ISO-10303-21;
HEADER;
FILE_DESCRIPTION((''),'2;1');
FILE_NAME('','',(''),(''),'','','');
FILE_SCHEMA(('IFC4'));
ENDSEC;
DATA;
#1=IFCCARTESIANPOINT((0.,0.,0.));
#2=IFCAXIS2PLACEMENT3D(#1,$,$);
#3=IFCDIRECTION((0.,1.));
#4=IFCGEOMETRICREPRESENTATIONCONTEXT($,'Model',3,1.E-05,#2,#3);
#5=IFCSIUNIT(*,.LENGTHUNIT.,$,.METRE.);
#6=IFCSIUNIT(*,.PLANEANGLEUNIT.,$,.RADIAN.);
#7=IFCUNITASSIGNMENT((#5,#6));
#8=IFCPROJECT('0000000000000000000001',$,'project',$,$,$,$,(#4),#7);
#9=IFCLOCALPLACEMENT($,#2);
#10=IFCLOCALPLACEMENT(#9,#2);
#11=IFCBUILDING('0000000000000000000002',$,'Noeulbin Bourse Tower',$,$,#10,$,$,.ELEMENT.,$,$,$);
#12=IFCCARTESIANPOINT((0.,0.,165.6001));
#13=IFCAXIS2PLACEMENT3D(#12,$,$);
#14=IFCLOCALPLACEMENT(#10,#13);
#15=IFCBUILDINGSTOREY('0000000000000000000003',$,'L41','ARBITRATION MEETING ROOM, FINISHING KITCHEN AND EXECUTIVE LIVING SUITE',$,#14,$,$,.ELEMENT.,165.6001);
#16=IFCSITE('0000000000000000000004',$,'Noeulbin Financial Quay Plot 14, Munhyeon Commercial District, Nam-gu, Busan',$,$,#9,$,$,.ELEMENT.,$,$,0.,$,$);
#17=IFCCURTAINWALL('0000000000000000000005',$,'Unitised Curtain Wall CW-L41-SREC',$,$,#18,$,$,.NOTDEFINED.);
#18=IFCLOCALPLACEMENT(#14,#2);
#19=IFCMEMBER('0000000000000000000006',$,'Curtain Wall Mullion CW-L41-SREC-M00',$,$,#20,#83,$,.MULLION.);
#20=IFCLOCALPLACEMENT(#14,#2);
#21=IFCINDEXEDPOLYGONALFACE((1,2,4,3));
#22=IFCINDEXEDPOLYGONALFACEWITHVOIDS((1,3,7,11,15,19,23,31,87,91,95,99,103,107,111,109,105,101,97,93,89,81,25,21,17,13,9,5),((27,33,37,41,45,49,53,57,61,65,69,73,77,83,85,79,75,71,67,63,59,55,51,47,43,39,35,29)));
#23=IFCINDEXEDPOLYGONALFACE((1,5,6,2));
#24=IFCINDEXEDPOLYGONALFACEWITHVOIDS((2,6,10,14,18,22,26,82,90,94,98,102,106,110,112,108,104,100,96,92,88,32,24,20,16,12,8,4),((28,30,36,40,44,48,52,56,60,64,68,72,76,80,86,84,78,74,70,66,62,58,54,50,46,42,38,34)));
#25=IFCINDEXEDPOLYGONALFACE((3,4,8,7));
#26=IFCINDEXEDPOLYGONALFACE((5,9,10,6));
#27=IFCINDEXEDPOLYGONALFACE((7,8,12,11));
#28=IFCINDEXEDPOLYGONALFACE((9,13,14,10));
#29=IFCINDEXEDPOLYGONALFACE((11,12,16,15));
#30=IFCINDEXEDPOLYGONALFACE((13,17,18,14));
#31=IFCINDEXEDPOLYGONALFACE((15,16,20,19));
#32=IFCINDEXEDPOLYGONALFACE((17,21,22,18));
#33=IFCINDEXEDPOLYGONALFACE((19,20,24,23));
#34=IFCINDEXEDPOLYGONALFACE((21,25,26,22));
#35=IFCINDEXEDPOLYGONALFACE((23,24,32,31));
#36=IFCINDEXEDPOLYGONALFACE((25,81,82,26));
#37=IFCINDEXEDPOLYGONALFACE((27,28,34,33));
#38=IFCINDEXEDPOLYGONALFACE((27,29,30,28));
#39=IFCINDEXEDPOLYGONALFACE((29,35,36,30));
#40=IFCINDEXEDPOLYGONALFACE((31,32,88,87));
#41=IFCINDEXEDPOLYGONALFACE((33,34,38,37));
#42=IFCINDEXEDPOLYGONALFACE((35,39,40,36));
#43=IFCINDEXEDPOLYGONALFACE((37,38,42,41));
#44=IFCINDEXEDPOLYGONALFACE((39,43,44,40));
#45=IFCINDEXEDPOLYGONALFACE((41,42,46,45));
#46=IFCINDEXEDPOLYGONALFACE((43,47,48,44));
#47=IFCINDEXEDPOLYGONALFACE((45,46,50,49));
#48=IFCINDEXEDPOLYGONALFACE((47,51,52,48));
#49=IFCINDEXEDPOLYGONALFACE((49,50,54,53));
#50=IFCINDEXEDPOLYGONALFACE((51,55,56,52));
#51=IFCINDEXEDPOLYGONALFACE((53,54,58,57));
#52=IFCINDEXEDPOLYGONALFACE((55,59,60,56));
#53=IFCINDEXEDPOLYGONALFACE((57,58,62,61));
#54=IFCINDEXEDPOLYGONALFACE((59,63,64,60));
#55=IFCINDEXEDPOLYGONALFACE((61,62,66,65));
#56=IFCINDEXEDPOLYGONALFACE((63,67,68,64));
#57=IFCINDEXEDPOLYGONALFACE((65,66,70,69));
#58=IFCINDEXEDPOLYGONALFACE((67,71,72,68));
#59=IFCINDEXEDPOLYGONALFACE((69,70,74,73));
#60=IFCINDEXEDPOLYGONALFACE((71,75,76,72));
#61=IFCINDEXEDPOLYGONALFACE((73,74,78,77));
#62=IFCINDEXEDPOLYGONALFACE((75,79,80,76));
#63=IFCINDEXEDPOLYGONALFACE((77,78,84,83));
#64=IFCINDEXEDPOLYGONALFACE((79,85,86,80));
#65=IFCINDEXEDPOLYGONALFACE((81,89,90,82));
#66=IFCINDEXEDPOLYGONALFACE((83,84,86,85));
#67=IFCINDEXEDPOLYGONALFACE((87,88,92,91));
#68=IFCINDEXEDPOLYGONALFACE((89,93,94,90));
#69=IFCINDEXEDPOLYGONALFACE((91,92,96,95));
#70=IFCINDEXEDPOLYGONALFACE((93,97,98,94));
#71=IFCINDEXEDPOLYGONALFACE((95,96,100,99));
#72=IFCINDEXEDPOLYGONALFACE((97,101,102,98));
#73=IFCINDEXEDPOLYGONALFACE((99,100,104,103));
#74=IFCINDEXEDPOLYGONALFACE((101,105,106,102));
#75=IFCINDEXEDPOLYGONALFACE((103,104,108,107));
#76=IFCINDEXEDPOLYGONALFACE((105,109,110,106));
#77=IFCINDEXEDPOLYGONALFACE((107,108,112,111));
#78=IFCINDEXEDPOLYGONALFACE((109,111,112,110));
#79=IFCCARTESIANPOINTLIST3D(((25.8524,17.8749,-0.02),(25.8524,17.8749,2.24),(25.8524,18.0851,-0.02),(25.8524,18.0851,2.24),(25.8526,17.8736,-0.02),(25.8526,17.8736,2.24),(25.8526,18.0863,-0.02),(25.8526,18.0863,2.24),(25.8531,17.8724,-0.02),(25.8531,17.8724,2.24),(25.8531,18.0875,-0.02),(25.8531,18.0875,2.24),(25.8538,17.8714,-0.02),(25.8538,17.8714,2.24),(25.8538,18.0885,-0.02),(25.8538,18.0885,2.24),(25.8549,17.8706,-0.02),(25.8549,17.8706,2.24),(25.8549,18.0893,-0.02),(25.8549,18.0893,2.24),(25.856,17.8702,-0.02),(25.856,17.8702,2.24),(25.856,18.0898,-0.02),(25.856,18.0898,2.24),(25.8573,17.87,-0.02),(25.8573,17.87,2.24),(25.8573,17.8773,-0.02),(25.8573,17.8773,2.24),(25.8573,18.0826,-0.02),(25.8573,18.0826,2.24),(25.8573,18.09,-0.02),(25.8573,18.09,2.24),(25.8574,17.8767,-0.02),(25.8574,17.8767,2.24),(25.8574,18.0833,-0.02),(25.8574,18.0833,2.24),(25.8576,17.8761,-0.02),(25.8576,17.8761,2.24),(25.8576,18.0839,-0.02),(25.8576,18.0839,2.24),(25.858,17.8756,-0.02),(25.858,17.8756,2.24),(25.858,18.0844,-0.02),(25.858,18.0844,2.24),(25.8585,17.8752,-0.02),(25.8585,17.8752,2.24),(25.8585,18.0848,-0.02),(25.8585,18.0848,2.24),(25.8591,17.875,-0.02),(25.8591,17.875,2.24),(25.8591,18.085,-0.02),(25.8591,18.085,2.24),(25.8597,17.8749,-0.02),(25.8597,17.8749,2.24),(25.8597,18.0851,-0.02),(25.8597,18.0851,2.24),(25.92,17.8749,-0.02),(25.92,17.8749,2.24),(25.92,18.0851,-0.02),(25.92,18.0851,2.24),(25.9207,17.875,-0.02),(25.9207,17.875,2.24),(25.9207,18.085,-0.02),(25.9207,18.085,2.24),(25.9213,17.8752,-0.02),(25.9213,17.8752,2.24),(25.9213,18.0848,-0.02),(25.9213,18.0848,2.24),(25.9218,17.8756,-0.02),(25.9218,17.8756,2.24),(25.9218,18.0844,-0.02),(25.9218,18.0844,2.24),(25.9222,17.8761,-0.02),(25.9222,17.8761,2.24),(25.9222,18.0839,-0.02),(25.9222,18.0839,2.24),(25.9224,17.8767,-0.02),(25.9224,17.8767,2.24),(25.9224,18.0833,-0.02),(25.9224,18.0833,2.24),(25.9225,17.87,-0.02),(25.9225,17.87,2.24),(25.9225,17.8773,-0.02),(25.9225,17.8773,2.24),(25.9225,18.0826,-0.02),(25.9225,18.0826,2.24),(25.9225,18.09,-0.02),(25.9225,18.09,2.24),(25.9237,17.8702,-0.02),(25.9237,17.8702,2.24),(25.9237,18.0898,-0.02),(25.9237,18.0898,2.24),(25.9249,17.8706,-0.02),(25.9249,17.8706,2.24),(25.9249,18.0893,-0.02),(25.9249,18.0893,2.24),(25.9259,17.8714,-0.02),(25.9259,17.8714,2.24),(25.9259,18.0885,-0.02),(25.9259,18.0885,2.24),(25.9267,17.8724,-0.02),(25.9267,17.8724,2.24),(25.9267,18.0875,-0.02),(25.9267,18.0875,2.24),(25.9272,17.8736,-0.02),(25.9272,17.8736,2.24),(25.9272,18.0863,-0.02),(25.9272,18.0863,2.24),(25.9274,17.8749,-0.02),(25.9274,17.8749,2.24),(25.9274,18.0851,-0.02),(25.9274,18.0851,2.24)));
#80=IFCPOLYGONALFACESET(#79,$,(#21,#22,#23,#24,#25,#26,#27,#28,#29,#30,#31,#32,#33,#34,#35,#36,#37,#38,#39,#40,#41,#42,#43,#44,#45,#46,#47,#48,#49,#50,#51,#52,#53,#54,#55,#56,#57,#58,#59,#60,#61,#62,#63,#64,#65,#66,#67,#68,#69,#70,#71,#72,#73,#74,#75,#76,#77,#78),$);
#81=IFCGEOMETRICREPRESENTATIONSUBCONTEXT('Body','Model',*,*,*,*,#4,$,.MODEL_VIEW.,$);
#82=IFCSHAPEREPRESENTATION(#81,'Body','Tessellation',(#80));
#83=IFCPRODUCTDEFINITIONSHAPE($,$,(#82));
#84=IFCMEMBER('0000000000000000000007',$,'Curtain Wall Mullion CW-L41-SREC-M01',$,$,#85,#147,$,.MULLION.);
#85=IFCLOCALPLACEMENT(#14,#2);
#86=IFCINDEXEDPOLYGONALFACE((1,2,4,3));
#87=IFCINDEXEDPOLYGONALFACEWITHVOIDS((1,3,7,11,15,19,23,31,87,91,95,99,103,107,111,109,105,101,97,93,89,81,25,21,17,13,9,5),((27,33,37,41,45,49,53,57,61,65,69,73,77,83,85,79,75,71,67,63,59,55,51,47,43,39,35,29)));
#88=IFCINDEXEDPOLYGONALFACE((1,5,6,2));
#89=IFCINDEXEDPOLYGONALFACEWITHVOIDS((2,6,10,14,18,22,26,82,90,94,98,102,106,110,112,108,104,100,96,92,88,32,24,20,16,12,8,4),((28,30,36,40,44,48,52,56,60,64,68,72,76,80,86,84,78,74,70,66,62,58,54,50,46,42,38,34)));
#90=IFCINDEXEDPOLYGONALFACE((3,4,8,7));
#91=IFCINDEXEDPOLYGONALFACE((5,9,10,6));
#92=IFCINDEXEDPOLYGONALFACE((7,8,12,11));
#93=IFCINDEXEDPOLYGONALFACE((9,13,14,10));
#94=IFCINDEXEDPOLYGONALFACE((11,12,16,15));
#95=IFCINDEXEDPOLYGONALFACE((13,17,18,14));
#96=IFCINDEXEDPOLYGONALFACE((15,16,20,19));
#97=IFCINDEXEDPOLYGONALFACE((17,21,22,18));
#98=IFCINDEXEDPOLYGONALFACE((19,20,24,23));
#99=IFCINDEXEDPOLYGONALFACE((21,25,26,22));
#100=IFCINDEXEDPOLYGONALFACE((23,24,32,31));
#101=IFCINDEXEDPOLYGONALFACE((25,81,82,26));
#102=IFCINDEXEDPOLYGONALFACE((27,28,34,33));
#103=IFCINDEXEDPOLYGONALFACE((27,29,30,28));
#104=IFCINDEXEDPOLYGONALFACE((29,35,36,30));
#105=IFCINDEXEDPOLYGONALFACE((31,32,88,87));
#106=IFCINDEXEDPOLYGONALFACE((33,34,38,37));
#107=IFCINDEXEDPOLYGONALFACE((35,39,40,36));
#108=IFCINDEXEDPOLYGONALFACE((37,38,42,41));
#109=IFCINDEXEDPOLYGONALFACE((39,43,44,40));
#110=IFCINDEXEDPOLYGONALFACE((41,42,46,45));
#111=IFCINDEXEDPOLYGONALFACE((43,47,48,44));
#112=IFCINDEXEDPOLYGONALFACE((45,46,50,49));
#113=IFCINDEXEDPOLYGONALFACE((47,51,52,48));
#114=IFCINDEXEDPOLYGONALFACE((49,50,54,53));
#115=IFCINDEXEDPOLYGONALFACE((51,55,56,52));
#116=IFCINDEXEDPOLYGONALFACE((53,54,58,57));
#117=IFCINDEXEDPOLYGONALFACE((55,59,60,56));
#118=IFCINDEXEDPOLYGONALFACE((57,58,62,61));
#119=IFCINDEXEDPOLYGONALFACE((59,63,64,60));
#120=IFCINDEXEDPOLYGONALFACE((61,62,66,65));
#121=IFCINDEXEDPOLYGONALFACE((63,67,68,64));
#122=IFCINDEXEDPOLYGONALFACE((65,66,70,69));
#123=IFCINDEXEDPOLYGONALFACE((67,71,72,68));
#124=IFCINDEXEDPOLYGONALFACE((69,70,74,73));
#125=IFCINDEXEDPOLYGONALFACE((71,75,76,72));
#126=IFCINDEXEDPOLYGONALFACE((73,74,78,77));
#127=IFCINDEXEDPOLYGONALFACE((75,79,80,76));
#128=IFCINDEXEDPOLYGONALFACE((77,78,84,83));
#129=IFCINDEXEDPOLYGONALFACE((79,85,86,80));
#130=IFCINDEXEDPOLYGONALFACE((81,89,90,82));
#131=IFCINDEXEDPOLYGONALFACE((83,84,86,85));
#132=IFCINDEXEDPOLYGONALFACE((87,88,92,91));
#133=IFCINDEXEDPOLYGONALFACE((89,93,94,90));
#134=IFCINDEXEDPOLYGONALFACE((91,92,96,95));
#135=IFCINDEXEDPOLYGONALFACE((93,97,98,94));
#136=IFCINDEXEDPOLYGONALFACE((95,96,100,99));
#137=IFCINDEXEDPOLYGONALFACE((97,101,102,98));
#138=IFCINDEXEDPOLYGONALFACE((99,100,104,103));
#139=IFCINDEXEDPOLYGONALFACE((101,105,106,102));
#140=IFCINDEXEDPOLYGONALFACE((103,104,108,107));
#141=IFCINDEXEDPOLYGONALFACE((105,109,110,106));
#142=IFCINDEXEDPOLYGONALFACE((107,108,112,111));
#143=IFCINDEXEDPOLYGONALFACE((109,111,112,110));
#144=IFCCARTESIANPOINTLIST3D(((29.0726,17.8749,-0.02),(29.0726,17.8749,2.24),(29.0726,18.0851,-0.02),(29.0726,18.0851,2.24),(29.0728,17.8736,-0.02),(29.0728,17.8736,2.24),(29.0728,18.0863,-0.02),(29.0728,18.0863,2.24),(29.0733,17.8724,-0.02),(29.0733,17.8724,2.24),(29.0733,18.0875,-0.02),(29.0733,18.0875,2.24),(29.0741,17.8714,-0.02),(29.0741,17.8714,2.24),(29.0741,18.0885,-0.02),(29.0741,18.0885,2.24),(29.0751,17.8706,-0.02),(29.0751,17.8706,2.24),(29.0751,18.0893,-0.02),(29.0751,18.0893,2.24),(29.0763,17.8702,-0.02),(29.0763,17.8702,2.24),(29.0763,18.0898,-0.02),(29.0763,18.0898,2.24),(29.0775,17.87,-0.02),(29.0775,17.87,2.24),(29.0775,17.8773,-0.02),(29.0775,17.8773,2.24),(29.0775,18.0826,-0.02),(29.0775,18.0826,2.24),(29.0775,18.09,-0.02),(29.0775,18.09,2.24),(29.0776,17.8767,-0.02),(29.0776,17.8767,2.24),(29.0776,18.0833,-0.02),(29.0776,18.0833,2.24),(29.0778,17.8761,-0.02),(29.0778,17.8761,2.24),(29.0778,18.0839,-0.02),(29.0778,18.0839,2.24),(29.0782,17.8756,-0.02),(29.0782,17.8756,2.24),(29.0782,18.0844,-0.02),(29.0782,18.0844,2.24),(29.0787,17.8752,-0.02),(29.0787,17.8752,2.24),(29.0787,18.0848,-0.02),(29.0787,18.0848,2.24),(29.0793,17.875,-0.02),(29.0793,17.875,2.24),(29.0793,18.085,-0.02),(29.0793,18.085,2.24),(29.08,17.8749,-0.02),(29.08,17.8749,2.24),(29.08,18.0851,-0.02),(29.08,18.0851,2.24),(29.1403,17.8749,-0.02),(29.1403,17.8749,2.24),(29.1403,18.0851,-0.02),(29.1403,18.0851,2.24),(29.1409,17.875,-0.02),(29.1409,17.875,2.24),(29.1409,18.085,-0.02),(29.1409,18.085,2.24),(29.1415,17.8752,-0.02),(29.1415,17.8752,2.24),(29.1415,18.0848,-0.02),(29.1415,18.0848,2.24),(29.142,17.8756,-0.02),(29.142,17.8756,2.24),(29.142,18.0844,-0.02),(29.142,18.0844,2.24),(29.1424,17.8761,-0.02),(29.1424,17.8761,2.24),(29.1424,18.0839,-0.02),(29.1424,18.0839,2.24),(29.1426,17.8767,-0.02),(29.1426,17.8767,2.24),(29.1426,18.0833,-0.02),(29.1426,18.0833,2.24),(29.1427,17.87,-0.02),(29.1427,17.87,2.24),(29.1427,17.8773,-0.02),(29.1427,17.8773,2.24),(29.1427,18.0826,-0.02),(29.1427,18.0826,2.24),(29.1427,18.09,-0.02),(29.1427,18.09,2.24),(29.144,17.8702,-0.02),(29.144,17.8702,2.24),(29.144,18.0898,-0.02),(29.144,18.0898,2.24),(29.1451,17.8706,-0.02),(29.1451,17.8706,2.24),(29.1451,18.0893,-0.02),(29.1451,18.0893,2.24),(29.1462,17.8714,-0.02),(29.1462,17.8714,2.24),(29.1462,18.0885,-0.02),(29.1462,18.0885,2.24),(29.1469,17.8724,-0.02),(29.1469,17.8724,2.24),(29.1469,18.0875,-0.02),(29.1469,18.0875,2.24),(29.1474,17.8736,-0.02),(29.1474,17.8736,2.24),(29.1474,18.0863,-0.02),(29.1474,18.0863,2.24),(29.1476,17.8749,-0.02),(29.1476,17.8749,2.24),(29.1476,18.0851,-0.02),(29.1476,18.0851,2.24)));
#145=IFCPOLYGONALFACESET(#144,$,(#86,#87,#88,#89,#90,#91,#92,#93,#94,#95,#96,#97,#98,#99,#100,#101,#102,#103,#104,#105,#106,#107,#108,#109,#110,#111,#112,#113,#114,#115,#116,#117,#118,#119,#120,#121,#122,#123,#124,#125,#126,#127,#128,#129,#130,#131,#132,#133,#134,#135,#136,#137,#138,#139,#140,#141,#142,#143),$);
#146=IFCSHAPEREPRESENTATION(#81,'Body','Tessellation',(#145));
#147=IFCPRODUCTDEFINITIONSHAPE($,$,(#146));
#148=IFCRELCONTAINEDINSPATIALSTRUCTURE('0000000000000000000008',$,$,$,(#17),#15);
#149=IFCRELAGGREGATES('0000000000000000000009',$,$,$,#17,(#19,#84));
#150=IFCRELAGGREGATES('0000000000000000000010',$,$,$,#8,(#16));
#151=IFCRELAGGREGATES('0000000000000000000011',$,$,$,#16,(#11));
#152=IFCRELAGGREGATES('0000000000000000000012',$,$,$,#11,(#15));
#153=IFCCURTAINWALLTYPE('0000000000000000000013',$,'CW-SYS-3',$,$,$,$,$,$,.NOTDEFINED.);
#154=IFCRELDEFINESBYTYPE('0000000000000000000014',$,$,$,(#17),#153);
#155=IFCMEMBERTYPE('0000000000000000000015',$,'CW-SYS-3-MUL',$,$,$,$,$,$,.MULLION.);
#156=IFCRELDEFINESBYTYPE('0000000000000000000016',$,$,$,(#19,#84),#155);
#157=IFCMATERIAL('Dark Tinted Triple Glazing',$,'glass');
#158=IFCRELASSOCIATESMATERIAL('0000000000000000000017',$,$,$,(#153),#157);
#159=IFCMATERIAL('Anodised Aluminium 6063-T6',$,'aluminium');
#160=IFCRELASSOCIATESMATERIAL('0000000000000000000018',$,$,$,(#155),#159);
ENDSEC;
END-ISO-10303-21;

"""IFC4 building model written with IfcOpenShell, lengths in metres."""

from ifc_helpers import new_model, si_unit, direction, frame, origin, origin_2d, place, context, subcontext, project, spatial, hollow_rectangle, extrude, material, material_profile, profile_set, type_object, element, aggregate, save


model = new_model("IFC4")

# Units and contexts
model_context = context("Model", 3, precision=1e-05, world=origin(), true_north=direction((0.0, 1.0)))
body_context = subcontext(model_context, "Body", "Model", "MODEL_VIEW")
ifc_project = project(units=[si_unit("LENGTHUNIT", "METRE"), si_unit("PLANEANGLEUNIT", "RADIAN")], contexts=[model_context])

# Site, building, storey
site_placement = place(None, origin())
site = spatial("IfcSite", under=ifc_project, at=site_placement, Name="Noeulbin Financial Quay Plot 14, Munhyeon Commercial District, Nam-gu, Busan", CompositionType="ELEMENT", RefElevation=0.0)
building_placement = place(site_placement, origin())
building = spatial("IfcBuilding", under=site, at=building_placement, Name="Noeulbin Bourse Tower", CompositionType="ELEMENT")
storey_placement = place(building_placement, frame((0.0, 0.0, 165.6001)))
storey = spatial("IfcBuildingStorey", under=building, at=storey_placement, Name="L41", Description="ARBITRATION MEETING ROOM, FINISHING KITCHEN AND EXECUTIVE LIVING SUITE", CompositionType="ELEMENT", Elevation=165.6001)

# Curtain wall, members
ifc_material_1 = material(Name="Dark Tinted Triple Glazing", Category="glass")
curtain_wall_type = type_object("IfcCurtainWallType", Name="CW-SYS-3", PredefinedType="NOTDEFINED", material=ifc_material_1)
curtain_wall_1_placement = place(storey_placement, origin())
curtain_wall_1 = element("IfcCurtainWall", 1, at=curtain_wall_1_placement, inside=storey, type_object=curtain_wall_type, Name="Unitised Curtain Wall CW-L41-SREC", PredefinedType="NOTDEFINED")
ifc_material_2 = material(Name="Anodised Aluminium 6063-T6", Category="aluminium")
ifc_material_profile_1 = material_profile(ifc_material_2, hollow_rectangle(XDim=0.075, YDim=0.22, WallThickness=0.0049, InnerFilletRadius=0.0024, OuterFilletRadius=0.0049, at=origin_2d()), Name="ALU-MULL-75x220x5", Category="LoadBearing")
ifc_profile_set_1 = profile_set([ifc_material_profile_1], Name="Anodised Aluminium 6063-T6")
member_type_1 = type_object("IfcMemberType", Name="CW-SYS-3-MUL", PredefinedType="MULLION", material=ifc_profile_set_1)
member_1_placement = place(storey_placement, frame((25.8899, 17.98, -0.02), z_axis=(0.0, 0.0, 1.0), x_axis=(1.0, 0.0, 0.0)))
member_1 = element("IfcMember", 2, at=member_1_placement, type_object=member_type_1, Name="Curtain Wall Mullion CW-L41-SREC-M00", PredefinedType="MULLION", context=body_context, shape_type="SweptSolid", body=[
    extrude(hollow_rectangle(XDim=0.075, YDim=0.22, WallThickness=0.0049, InnerFilletRadius=0.0024, OuterFilletRadius=0.0049, at=origin_2d()), origin(), (0.0, 0.0, 1.0), 2.26),
])
member_2_placement = place(storey_placement, frame((29.1101, 17.98, -0.02), z_axis=(0.0, 0.0, 1.0), x_axis=(1.0, 0.0, 0.0)))
member_2 = element("IfcMember", 3, at=member_2_placement, type_object=member_type_1, Name="Curtain Wall Mullion CW-L41-SREC-M01", PredefinedType="MULLION", context=body_context, shape_type="SweptSolid", body=[
    extrude(hollow_rectangle(XDim=0.075, YDim=0.22, WallThickness=0.0049, InnerFilletRadius=0.0024, OuterFilletRadius=0.0049, at=origin_2d()), origin(), (0.0, 0.0, 1.0), 2.26),
])

aggregate(curtain_wall_1, [member_1, member_2])

save(model, "model.ifc")
